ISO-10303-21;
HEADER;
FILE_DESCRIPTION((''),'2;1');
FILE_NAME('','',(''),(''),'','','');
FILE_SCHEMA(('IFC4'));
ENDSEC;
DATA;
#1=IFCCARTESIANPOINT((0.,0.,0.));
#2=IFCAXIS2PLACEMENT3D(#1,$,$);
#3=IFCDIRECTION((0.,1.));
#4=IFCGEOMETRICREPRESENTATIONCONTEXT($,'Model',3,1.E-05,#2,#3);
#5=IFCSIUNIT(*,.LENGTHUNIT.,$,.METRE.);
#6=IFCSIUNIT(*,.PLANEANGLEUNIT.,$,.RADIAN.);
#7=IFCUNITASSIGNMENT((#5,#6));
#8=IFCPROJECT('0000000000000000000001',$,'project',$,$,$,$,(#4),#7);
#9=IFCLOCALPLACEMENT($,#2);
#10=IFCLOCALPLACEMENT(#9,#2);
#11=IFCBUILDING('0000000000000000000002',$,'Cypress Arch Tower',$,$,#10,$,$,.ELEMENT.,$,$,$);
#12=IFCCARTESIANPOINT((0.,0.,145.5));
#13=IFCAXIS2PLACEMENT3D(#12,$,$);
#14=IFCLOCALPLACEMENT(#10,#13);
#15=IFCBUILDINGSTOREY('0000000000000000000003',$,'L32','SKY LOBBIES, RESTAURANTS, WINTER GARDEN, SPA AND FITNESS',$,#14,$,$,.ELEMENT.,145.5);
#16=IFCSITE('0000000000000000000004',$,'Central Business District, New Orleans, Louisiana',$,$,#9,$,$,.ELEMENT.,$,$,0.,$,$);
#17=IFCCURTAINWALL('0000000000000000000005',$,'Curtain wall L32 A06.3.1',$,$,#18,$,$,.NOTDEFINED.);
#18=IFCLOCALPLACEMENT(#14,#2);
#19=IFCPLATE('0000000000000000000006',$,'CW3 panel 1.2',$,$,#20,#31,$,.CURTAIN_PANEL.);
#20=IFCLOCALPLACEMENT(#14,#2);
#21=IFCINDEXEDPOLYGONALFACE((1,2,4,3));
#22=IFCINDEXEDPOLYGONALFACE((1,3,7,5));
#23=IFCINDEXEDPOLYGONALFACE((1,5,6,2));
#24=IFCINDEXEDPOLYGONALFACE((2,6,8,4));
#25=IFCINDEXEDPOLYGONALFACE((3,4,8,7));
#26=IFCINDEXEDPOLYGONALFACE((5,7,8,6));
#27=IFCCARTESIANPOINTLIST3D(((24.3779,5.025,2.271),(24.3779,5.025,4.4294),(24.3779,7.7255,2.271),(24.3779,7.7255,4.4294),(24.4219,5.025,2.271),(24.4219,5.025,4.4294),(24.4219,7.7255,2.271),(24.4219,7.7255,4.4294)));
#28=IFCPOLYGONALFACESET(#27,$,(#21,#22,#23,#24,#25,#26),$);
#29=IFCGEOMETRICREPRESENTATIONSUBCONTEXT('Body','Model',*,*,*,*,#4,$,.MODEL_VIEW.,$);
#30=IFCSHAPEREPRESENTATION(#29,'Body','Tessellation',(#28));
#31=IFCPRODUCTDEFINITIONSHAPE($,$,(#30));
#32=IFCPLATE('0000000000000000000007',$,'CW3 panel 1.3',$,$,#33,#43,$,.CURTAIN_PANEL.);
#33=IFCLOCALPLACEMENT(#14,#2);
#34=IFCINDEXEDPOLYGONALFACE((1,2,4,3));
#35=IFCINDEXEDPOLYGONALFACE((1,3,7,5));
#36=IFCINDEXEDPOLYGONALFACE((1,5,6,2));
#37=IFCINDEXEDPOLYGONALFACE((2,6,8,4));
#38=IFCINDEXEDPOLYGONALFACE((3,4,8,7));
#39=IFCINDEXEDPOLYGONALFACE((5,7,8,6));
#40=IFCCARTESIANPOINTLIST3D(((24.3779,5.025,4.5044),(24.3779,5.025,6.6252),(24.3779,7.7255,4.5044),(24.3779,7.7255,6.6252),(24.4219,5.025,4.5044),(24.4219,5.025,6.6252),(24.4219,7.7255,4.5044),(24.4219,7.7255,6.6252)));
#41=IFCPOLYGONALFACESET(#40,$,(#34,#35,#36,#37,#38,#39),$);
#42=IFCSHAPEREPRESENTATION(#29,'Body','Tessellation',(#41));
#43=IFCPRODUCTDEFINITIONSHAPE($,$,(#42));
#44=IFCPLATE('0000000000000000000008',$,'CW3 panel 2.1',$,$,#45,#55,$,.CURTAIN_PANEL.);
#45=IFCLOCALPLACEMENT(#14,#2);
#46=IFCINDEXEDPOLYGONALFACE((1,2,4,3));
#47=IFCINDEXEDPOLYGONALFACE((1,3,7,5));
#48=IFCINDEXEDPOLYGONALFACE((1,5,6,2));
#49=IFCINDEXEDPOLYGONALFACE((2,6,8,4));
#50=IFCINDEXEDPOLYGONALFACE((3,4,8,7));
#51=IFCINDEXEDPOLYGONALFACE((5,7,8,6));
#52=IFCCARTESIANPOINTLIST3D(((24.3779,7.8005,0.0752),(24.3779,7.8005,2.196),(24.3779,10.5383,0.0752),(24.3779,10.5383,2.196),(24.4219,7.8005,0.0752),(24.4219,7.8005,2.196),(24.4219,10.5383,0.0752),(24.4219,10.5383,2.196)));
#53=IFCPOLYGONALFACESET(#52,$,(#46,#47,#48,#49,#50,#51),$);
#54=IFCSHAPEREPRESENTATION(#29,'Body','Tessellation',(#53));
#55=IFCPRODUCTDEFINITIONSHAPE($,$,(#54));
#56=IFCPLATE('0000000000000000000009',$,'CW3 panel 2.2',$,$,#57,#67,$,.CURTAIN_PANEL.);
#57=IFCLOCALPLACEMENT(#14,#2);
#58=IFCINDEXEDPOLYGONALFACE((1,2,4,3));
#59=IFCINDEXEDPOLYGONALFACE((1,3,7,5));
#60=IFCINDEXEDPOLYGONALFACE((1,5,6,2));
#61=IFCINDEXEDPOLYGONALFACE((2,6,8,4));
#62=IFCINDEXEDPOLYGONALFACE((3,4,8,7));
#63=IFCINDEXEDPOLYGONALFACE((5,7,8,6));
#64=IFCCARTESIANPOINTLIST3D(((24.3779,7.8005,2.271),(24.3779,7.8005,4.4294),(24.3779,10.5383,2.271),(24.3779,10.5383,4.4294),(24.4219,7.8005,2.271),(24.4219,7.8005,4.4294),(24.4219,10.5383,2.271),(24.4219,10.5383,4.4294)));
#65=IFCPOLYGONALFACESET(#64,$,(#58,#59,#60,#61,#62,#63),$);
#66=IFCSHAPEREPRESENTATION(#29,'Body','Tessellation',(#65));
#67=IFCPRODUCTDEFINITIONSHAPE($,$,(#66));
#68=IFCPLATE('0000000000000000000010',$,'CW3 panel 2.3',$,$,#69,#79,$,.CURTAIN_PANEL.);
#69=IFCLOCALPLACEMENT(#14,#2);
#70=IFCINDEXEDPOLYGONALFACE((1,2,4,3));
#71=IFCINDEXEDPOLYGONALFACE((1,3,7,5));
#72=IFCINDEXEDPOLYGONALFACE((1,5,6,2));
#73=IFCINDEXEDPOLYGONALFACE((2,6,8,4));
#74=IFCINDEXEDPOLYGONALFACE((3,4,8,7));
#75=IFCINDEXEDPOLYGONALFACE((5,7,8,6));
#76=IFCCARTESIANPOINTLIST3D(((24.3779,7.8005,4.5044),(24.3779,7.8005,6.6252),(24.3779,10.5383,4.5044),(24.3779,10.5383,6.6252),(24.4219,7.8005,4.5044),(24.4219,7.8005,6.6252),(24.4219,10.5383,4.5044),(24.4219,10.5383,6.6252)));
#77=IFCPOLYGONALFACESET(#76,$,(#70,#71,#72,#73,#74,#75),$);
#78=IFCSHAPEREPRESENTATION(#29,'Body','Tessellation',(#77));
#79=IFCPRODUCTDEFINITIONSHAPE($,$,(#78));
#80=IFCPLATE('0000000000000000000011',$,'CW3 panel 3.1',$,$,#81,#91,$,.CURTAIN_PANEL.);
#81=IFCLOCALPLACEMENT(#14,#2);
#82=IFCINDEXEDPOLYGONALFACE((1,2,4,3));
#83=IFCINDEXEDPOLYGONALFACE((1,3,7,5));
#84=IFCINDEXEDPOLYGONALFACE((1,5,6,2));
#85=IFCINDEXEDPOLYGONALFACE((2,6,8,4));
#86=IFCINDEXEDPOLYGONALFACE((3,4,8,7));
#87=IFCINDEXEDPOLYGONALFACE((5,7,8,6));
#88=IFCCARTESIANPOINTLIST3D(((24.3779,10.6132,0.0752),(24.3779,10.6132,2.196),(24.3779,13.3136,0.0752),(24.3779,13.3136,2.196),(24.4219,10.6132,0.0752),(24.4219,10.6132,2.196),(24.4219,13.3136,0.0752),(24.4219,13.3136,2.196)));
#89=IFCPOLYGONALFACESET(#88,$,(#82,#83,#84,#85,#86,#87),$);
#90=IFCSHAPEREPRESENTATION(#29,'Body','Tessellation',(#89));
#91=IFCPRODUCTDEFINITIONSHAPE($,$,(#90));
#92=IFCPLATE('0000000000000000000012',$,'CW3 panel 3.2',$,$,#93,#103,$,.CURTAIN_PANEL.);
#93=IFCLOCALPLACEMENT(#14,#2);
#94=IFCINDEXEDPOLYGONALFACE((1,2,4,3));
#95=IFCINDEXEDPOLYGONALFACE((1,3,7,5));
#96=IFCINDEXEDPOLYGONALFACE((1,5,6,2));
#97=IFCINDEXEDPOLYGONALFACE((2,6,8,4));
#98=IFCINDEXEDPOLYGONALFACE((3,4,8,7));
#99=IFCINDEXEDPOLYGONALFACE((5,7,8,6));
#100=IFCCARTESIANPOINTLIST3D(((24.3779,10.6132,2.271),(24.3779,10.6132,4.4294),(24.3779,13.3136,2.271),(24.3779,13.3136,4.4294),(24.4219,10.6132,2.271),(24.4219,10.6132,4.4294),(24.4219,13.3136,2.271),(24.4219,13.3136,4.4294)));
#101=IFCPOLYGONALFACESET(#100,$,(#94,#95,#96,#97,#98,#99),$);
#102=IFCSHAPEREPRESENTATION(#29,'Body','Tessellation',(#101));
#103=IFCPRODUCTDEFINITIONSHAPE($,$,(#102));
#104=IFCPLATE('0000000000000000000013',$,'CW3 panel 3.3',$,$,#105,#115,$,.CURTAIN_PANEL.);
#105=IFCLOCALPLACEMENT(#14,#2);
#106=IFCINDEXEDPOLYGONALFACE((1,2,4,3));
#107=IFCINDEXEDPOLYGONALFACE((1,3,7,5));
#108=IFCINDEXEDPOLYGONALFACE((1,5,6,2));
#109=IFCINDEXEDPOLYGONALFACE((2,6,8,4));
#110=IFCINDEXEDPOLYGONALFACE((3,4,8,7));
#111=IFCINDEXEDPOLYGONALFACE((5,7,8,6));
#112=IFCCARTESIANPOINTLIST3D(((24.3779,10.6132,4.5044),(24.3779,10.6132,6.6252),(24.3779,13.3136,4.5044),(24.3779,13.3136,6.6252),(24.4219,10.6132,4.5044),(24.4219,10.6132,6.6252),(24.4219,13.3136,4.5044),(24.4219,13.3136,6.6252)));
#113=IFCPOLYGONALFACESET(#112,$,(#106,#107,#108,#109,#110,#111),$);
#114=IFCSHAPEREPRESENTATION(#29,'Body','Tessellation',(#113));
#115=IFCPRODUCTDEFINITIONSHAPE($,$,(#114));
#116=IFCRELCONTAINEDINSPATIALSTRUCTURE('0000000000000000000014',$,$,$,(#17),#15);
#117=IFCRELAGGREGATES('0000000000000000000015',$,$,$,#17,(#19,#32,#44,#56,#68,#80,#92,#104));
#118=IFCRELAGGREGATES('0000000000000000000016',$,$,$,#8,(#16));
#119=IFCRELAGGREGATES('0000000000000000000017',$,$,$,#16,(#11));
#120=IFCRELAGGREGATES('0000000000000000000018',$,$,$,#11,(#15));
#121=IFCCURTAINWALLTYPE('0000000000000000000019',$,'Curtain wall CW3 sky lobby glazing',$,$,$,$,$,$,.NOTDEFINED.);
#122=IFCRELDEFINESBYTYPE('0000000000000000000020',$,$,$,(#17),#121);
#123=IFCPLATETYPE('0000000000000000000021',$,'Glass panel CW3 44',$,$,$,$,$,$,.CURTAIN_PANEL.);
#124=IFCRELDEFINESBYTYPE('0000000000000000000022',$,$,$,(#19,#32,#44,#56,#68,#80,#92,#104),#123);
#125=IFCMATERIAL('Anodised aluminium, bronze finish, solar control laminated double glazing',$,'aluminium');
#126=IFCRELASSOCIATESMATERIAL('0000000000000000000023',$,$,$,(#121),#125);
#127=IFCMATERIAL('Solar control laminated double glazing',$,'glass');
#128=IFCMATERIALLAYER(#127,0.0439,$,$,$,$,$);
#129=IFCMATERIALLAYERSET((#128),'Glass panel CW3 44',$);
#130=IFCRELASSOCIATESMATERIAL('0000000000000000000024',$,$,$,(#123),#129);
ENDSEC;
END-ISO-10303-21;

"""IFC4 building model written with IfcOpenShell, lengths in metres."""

from ifc_helpers import new_model, si_unit, direction, frame, origin, origin_2d, place, context, subcontext, project, spatial, rectangle, extrude, material, layer, layer_set, type_object, element, aggregate, save


model = new_model("IFC4")

# Units and contexts
model_context = context("Model", 3, precision=1e-05, world=origin(), true_north=direction((0.0, 1.0)))
body_context = subcontext(model_context, "Body", "Model", "MODEL_VIEW")
ifc_project = project(units=[si_unit("LENGTHUNIT", "METRE"), si_unit("PLANEANGLEUNIT", "RADIAN")], contexts=[model_context])

# Site, building, storey
site_placement = place(None, origin())
site = spatial("IfcSite", under=ifc_project, at=site_placement, Name="Central Business District, New Orleans, Louisiana", CompositionType="ELEMENT", RefElevation=0.0)
building_placement = place(site_placement, origin())
building = spatial("IfcBuilding", under=site, at=building_placement, Name="Cypress Arch Tower", CompositionType="ELEMENT")
storey_placement = place(building_placement, frame((0.0, 0.0, 145.5)))
storey = spatial("IfcBuildingStorey", under=building, at=storey_placement, Name="L32", Description="SKY LOBBIES, RESTAURANTS, WINTER GARDEN, SPA AND FITNESS", CompositionType="ELEMENT", Elevation=145.5)

# Curtain wall, plates
ifc_material_1 = material(Name="Anodised aluminium, bronze finish, solar control laminated double glazing", Category="aluminium")
curtain_wall_type = type_object("IfcCurtainWallType", Name="Curtain wall CW3 sky lobby glazing", PredefinedType="NOTDEFINED", material=ifc_material_1)
curtain_wall_placement = place(storey_placement, origin())
curtain_wall = element("IfcCurtainWall", 1, at=curtain_wall_placement, inside=storey, type_object=curtain_wall_type, Name="Curtain wall L32 A06.3.1", PredefinedType="NOTDEFINED")
ifc_material_2 = material(Name="Solar control laminated double glazing", Category="glass")
ifc_layer = layer(ifc_material_2, 0.0439)
ifc_layer_set = layer_set([ifc_layer], Name="Glass panel CW3 44")
plate_type = type_object("IfcPlateType", Name="Glass panel CW3 44", PredefinedType="CURTAIN_PANEL", material=ifc_layer_set)
plate_1_placement = place(storey_placement, frame((24.3999, 6.3752, 2.271), z_axis=(0.0, 0.0, 1.0), x_axis=(0.0, 1.0, 0.0)))
plate_1 = element("IfcPlate", 2, at=plate_1_placement, type_object=plate_type, Name="CW3 panel 1.2", PredefinedType="CURTAIN_PANEL", context=body_context, shape_type="SweptSolid", body=[
    extrude(rectangle(XDim=2.7004, YDim=0.0439, at=origin_2d()), origin(), (0.0, 0.0, 1.0), 2.1584),
])
plate_2_placement = place(storey_placement, frame((24.3999, 6.3752, 4.5044), z_axis=(0.0, 0.0, 1.0), x_axis=(0.0, 1.0, 0.0)))
plate_2 = element("IfcPlate", 3, at=plate_2_placement, type_object=plate_type, Name="CW3 panel 1.3", PredefinedType="CURTAIN_PANEL", context=body_context, shape_type="SweptSolid", body=[
    extrude(rectangle(XDim=2.7004, YDim=0.0439, at=origin_2d()), origin(), (0.0, 0.0, 1.0), 2.1208),
])
plate_3_placement = place(storey_placement, frame((24.3999, 9.1694, 0.0752), z_axis=(0.0, 0.0, 1.0), x_axis=(0.0, 1.0, 0.0)))
plate_3 = element("IfcPlate", 4, at=plate_3_placement, type_object=plate_type, Name="CW3 panel 2.1", PredefinedType="CURTAIN_PANEL", context=body_context, shape_type="SweptSolid", body=[
    extrude(rectangle(XDim=2.7378, YDim=0.0439, at=origin_2d()), origin(), (0.0, 0.0, 1.0), 2.1208),
])
plate_4_placement = place(storey_placement, frame((24.3999, 9.1694, 2.271), z_axis=(0.0, 0.0, 1.0), x_axis=(0.0, 1.0, 0.0)))
plate_4 = element("IfcPlate", 5, at=plate_4_placement, type_object=plate_type, Name="CW3 panel 2.2", PredefinedType="CURTAIN_PANEL", context=body_context, shape_type="SweptSolid", body=[
    extrude(rectangle(XDim=2.7378, YDim=0.0439, at=origin_2d()), origin(), (0.0, 0.0, 1.0), 2.1584),
])
plate_5_placement = place(storey_placement, frame((24.3999, 9.1694, 4.5044), z_axis=(0.0, 0.0, 1.0), x_axis=(0.0, 1.0, 0.0)))
plate_5 = element("IfcPlate", 6, at=plate_5_placement, type_object=plate_type, Name="CW3 panel 2.3", PredefinedType="CURTAIN_PANEL", context=body_context, shape_type="SweptSolid", body=[
    extrude(rectangle(XDim=2.7378, YDim=0.0439, at=origin_2d()), origin(), (0.0, 0.0, 1.0), 2.1208),
])
plate_6_placement = place(storey_placement, frame((24.3999, 11.9634, 0.0752), z_axis=(0.0, 0.0, 1.0), x_axis=(0.0, 1.0, 0.0)))
plate_6 = element("IfcPlate", 7, at=plate_6_placement, type_object=plate_type, Name="CW3 panel 3.1", PredefinedType="CURTAIN_PANEL", context=body_context, shape_type="SweptSolid", body=[
    extrude(rectangle(XDim=2.7004, YDim=0.0439, at=origin_2d()), origin(), (0.0, 0.0, 1.0), 2.1208),
])
plate_7_placement = place(storey_placement, frame((24.3999, 11.9634, 2.271), z_axis=(0.0, 0.0, 1.0), x_axis=(0.0, 1.0, 0.0)))
plate_7 = element("IfcPlate", 8, at=plate_7_placement, type_object=plate_type, Name="CW3 panel 3.2", PredefinedType="CURTAIN_PANEL", context=body_context, shape_type="SweptSolid", body=[
    extrude(rectangle(XDim=2.7004, YDim=0.0439, at=origin_2d()), origin(), (0.0, 0.0, 1.0), 2.1584),
])
plate_8_placement = place(storey_placement, frame((24.3999, 11.9634, 4.5044), z_axis=(0.0, 0.0, 1.0), x_axis=(0.0, 1.0, 0.0)))
plate_8 = element("IfcPlate", 9, at=plate_8_placement, type_object=plate_type, Name="CW3 panel 3.3", PredefinedType="CURTAIN_PANEL", context=body_context, shape_type="SweptSolid", body=[
    extrude(rectangle(XDim=2.7004, YDim=0.0439, at=origin_2d()), origin(), (0.0, 0.0, 1.0), 2.1208),
])
aggregate(curtain_wall, [plate_1, plate_2, plate_3, plate_4, plate_5, plate_6, plate_7, plate_8])

save(model, "model.ifc")
